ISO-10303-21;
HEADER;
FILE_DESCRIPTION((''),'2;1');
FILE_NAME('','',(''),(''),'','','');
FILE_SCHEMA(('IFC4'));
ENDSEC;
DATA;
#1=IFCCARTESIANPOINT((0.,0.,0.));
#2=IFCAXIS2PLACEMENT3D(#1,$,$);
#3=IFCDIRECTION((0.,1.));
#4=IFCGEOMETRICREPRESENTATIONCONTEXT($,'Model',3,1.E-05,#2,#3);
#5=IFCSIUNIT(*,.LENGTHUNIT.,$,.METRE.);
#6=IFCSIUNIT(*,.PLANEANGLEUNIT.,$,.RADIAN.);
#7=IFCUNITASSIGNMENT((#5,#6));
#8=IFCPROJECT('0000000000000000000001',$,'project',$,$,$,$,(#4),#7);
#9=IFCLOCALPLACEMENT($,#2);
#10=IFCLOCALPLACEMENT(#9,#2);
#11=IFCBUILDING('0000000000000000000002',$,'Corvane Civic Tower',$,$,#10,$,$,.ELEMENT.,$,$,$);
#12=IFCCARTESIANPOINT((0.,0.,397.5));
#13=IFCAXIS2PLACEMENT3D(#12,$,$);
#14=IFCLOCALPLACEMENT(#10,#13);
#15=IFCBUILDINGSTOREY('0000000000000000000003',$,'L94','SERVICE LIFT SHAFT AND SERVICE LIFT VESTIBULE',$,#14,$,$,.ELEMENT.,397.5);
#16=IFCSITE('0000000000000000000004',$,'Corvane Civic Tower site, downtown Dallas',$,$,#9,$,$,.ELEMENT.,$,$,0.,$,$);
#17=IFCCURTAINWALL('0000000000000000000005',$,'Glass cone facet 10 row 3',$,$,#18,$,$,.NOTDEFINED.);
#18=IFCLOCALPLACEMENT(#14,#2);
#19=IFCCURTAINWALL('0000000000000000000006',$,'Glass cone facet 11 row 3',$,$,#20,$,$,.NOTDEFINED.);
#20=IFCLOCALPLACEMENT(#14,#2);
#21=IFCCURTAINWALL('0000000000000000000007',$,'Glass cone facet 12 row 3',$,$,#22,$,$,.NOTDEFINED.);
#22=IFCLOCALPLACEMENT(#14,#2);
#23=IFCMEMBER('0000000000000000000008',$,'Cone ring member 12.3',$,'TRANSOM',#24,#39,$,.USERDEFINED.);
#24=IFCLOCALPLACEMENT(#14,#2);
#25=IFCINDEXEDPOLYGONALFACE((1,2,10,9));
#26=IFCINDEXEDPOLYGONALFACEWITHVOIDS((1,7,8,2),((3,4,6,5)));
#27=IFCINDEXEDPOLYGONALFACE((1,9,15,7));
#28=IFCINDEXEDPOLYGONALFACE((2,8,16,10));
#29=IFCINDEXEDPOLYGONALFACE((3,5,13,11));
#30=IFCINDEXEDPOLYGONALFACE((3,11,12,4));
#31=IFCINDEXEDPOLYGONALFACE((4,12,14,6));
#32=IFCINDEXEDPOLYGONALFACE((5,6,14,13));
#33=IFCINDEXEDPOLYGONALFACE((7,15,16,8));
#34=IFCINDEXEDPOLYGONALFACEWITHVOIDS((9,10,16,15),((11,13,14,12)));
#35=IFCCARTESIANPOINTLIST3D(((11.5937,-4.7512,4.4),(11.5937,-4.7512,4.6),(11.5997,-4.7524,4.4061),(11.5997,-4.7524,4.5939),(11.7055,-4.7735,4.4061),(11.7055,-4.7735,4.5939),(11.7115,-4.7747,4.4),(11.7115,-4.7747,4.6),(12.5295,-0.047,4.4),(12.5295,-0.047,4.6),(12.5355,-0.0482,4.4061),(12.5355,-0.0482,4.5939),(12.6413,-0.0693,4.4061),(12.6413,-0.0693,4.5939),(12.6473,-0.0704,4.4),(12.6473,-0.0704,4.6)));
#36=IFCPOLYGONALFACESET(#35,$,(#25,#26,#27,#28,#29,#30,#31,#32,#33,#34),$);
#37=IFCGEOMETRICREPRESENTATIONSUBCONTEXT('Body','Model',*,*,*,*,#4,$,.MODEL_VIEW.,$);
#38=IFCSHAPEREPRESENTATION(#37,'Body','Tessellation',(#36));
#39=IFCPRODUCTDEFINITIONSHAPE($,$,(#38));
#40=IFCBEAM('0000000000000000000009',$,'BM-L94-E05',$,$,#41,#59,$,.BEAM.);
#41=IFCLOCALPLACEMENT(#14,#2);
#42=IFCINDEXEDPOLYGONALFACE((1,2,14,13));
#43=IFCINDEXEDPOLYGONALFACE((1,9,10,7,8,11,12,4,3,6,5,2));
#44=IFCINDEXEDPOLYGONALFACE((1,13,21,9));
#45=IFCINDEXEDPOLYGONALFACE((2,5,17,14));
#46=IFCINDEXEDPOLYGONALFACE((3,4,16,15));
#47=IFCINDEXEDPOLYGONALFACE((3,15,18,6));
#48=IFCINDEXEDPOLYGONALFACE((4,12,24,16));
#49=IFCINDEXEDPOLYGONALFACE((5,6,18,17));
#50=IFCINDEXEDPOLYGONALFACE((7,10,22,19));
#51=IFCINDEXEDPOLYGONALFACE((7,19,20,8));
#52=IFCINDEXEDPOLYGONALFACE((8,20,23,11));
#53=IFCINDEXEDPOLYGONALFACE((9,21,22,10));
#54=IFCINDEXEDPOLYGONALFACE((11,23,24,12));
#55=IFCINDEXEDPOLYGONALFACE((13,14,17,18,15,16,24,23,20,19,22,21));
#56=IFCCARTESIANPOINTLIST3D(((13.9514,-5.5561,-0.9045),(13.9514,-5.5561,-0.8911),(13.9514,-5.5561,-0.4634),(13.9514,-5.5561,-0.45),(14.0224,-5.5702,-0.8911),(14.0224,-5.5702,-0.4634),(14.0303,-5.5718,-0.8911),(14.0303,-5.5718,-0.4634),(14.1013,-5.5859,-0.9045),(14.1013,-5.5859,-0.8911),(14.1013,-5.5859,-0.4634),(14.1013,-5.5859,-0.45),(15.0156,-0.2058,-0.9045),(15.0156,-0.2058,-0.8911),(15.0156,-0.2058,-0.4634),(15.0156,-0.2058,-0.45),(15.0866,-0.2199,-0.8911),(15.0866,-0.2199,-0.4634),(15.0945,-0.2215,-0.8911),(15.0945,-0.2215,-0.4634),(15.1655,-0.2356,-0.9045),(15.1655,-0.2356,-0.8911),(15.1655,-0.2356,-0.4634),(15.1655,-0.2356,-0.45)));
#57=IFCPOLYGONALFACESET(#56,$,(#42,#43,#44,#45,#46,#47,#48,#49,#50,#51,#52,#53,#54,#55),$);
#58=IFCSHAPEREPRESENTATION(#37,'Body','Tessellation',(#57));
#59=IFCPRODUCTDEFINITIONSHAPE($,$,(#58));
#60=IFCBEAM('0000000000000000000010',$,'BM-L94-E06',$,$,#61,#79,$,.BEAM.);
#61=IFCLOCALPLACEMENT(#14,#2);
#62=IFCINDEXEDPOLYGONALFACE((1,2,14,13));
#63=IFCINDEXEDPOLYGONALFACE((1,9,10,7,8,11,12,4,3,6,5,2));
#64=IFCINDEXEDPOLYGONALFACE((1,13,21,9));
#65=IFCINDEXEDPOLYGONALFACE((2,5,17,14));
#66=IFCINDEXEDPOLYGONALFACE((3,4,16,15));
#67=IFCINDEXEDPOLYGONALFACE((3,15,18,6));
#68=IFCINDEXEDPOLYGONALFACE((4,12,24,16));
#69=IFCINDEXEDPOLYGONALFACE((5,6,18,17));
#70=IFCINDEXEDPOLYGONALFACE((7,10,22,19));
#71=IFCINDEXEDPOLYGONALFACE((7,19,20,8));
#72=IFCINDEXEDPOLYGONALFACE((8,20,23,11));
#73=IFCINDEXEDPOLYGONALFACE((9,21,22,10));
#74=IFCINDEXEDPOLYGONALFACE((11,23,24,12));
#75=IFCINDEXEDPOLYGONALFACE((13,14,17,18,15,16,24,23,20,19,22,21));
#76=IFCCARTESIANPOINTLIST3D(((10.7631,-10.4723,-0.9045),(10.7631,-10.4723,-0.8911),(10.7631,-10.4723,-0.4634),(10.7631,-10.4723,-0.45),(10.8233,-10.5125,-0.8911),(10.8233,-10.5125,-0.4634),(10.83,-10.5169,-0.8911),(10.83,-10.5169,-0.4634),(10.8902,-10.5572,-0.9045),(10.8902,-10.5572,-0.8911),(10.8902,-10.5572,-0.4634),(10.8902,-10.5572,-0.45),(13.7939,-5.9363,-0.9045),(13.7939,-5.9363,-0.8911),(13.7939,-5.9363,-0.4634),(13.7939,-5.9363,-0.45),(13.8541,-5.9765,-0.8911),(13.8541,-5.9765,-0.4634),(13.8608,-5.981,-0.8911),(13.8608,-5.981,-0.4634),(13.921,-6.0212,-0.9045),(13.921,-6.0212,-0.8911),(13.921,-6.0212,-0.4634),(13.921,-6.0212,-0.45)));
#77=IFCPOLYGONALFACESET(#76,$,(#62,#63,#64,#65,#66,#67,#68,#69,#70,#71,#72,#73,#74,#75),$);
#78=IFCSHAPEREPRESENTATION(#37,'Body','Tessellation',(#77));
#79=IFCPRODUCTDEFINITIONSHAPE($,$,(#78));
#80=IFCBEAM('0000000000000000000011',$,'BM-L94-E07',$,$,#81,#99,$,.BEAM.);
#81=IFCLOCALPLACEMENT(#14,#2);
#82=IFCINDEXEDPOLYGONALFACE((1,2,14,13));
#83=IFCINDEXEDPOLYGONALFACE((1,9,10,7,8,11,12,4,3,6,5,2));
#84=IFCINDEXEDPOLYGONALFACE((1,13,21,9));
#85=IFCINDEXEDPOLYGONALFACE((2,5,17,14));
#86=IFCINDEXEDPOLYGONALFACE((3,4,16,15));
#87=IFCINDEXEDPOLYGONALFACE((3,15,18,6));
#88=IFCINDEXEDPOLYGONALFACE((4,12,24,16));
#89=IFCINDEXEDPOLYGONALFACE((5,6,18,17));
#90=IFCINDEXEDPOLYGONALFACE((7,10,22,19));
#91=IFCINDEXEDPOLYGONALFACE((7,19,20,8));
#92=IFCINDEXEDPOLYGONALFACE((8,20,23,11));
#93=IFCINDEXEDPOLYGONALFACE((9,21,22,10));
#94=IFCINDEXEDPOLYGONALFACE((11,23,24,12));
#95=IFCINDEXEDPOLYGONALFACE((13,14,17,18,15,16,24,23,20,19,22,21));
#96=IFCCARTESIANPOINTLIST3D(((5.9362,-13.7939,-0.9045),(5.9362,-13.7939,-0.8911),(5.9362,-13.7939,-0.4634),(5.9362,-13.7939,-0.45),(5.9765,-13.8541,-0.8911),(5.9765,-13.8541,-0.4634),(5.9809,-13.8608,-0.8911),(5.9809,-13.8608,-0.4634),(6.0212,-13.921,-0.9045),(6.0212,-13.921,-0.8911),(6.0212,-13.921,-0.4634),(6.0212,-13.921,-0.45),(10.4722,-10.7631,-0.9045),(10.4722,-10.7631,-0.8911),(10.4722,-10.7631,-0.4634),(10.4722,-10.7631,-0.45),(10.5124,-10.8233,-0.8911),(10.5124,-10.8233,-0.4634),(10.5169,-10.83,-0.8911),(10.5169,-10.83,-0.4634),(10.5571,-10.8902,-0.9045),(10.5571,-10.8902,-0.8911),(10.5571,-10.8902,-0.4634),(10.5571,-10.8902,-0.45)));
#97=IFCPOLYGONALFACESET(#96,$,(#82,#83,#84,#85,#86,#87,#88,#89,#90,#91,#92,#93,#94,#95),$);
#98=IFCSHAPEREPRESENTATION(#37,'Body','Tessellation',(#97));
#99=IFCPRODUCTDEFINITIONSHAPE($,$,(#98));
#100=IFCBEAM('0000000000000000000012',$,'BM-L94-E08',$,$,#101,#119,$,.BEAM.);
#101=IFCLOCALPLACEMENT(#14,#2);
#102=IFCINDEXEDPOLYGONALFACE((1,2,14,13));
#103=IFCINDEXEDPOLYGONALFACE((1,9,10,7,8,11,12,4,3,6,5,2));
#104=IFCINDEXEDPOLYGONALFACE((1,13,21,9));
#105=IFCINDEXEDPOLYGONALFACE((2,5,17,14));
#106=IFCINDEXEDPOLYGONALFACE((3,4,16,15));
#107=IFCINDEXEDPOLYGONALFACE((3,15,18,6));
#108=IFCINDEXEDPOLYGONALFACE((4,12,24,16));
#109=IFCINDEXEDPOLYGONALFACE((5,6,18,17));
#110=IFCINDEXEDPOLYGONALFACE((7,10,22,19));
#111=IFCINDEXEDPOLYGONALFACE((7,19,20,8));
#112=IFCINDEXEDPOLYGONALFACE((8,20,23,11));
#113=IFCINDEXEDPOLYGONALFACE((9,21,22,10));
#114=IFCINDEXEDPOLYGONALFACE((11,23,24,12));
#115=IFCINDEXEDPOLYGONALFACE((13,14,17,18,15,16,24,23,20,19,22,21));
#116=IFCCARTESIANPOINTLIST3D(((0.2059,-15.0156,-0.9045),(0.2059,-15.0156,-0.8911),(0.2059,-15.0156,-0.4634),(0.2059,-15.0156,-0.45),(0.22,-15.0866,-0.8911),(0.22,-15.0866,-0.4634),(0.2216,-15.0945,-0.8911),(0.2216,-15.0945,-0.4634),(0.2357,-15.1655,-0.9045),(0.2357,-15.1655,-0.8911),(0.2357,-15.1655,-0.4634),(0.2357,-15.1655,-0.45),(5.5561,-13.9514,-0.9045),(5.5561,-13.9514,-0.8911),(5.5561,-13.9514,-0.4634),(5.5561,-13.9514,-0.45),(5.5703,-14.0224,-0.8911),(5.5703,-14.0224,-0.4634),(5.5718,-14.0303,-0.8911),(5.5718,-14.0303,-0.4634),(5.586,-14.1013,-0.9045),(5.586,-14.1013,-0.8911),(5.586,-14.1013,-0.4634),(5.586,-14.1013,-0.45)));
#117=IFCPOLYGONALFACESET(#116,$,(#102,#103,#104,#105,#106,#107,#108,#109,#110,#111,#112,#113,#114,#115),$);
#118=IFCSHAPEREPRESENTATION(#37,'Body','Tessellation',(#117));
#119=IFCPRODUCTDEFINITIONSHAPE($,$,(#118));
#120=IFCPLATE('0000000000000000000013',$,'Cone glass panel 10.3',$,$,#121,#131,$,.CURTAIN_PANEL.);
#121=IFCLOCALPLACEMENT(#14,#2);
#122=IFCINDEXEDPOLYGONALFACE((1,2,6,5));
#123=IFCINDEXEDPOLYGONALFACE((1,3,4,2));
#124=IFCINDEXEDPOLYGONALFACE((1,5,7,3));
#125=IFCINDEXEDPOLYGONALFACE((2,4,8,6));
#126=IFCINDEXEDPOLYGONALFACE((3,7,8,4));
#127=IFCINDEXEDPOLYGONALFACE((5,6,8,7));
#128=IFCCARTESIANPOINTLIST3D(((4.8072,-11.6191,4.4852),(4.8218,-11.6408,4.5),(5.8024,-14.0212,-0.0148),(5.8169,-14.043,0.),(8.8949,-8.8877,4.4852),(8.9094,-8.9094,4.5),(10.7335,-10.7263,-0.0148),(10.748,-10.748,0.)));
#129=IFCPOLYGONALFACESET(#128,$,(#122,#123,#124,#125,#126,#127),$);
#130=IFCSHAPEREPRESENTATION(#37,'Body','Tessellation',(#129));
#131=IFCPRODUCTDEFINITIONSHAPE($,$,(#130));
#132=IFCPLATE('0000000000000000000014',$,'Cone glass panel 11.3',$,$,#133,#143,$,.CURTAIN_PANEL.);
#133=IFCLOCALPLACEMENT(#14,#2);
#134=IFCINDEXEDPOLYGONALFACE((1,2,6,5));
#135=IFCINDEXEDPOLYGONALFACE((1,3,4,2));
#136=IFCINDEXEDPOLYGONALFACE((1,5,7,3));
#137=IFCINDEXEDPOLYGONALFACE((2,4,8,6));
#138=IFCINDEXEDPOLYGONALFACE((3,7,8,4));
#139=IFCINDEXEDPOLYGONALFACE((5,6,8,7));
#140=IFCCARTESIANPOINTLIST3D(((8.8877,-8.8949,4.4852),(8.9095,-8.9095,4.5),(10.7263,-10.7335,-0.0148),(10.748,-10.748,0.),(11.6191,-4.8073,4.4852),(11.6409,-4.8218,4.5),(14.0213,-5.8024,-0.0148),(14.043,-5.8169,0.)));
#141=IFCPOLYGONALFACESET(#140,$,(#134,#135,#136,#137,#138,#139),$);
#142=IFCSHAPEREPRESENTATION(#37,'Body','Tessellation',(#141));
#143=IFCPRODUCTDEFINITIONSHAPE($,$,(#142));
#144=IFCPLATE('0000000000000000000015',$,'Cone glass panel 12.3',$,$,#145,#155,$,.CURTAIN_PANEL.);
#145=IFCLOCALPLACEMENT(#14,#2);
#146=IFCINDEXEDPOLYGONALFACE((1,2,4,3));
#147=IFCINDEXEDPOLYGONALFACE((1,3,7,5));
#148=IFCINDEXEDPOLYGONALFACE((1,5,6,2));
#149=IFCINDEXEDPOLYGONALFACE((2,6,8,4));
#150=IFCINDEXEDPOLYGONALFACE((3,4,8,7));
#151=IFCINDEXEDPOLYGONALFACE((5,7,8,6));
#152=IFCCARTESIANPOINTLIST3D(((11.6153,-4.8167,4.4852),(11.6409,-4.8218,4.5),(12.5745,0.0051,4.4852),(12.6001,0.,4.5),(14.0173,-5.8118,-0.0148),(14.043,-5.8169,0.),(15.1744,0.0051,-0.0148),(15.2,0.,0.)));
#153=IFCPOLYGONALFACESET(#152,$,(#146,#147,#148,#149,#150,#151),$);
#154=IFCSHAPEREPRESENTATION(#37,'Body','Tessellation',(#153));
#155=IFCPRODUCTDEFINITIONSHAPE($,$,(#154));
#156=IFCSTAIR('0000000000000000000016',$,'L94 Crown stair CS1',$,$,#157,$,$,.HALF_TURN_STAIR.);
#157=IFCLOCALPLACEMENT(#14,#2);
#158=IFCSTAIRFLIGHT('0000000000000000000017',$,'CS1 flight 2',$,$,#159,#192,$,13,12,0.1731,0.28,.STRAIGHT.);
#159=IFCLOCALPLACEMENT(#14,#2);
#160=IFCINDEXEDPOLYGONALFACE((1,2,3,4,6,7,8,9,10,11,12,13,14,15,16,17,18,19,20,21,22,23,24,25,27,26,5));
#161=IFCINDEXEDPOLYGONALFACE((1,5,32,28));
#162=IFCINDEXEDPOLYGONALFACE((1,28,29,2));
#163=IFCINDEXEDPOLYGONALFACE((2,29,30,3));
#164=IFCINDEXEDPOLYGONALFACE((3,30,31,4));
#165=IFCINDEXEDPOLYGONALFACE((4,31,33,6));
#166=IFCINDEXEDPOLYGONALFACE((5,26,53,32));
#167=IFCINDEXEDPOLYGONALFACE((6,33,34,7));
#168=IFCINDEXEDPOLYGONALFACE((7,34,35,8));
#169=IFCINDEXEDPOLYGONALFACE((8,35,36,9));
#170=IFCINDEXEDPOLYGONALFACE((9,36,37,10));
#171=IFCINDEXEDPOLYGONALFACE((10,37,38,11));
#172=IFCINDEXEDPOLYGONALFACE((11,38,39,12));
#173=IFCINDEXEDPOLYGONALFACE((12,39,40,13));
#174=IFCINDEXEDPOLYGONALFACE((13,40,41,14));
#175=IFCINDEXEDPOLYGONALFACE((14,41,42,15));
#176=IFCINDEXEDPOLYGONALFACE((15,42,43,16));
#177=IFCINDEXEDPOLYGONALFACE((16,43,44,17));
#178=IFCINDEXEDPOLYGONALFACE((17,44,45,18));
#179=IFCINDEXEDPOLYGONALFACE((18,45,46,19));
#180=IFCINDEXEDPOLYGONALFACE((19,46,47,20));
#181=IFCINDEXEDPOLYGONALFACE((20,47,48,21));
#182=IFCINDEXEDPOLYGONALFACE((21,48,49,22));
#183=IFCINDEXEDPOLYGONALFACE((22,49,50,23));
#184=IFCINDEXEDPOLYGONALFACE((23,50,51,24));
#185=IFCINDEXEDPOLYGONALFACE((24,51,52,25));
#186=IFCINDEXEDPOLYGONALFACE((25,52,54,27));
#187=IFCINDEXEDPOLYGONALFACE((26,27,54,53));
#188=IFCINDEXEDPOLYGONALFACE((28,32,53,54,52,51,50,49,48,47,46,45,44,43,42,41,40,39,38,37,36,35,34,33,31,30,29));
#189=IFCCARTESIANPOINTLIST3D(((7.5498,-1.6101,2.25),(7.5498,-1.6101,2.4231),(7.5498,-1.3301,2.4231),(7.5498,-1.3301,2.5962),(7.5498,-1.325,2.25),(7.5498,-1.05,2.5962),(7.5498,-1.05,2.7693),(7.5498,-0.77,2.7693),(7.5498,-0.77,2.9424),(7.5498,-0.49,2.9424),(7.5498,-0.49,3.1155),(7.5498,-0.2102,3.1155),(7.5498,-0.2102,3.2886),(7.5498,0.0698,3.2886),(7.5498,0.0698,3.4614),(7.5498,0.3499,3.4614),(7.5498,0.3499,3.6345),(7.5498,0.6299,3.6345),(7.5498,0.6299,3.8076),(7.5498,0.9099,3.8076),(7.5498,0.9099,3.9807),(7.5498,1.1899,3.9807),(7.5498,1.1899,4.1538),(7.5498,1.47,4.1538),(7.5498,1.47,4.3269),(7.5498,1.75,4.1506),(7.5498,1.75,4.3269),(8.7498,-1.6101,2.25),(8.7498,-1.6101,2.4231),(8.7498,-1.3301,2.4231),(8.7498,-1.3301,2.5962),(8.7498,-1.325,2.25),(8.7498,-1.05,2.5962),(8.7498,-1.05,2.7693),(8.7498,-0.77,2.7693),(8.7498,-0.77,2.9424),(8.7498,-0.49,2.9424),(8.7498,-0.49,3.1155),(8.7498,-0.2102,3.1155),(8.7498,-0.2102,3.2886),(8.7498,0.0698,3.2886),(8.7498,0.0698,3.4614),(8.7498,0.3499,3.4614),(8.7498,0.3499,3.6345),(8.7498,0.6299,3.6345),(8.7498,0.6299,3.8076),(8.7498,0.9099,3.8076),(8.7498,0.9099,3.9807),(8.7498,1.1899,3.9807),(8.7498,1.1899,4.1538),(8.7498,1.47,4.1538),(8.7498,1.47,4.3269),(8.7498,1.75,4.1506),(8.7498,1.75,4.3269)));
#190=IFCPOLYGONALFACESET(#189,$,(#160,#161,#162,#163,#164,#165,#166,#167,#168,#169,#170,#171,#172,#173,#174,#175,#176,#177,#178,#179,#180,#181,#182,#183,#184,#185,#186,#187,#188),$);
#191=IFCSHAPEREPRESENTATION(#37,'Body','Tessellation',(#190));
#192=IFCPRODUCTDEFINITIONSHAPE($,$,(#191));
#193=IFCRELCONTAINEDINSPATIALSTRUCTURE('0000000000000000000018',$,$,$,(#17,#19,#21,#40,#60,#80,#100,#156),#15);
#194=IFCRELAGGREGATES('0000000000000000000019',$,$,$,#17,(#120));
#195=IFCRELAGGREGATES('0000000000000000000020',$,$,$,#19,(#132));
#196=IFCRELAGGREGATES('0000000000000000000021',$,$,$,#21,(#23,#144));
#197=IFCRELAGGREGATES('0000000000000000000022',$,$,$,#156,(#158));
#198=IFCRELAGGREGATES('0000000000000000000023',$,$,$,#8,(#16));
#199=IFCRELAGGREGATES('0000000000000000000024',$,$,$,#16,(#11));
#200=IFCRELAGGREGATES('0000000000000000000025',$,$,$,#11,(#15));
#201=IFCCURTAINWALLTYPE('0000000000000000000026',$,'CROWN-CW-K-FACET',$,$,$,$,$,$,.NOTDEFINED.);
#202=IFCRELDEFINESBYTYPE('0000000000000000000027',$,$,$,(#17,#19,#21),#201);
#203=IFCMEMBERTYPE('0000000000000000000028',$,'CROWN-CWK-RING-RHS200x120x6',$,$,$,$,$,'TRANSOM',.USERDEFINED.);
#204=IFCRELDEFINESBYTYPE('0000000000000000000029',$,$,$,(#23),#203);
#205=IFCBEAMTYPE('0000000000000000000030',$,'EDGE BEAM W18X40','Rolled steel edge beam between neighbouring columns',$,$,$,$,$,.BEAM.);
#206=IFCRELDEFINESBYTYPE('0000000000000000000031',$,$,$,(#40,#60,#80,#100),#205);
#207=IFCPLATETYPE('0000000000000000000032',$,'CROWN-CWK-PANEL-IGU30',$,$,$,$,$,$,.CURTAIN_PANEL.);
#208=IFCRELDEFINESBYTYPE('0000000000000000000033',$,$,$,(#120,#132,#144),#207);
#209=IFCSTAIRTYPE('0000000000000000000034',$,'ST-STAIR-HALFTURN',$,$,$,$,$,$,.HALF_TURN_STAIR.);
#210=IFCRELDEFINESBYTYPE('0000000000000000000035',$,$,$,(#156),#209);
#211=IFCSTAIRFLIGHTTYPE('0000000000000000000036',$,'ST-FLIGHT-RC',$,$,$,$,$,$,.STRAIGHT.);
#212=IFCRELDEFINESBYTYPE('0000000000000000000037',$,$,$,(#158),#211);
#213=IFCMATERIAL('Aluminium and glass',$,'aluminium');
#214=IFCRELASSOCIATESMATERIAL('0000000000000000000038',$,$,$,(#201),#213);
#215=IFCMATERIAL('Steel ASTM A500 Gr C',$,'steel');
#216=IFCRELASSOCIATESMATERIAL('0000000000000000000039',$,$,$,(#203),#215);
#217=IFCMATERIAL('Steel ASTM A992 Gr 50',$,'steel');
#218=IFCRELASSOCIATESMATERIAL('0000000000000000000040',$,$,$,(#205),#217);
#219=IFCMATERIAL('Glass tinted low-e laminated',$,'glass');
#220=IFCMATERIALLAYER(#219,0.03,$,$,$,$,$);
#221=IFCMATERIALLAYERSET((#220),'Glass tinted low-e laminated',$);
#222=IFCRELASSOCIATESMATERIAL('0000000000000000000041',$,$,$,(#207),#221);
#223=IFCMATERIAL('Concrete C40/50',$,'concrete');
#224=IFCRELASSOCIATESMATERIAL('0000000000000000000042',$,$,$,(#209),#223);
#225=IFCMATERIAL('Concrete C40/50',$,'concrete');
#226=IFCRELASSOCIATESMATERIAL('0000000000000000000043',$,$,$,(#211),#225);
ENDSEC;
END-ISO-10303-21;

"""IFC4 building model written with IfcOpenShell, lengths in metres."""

from ifc_helpers import new_model, si_unit, direction, frame, origin, origin_2d, place, context, subcontext, project, spatial, polyline, hollow_rectangle, i_section, outline, extrude, material, layer, layer_set, material_profile, profile_set, type_object, element, aggregate, save


model = new_model("IFC4")

# Units and contexts
model_context = context("Model", 3, precision=1e-05, world=origin(), true_north=direction((0.0, 1.0)))
body_context = subcontext(model_context, "Body", "Model", "MODEL_VIEW")
ifc_project = project(units=[si_unit("LENGTHUNIT", "METRE"), si_unit("PLANEANGLEUNIT", "RADIAN")], contexts=[model_context])

# Site, building, storey
site_placement = place(None, origin())
site = spatial("IfcSite", under=ifc_project, at=site_placement, Name="Corvane Civic Tower site, downtown Dallas", CompositionType="ELEMENT", RefElevation=0.0)
building_placement = place(site_placement, origin())
building = spatial("IfcBuilding", under=site, at=building_placement, Name="Corvane Civic Tower", CompositionType="ELEMENT")
storey_placement = place(building_placement, frame((0.0, 0.0, 397.5)))
storey = spatial("IfcBuildingStorey", under=building, at=storey_placement, Name="L94", Description="SERVICE LIFT SHAFT AND SERVICE LIFT VESTIBULE", CompositionType="ELEMENT", Elevation=397.5)

# Shared definitions
ifc_material_1 = material(Name="Aluminium and glass", Category="aluminium")
curtain_wall_type = type_object("IfcCurtainWallType", Name="CROWN-CW-K-FACET", PredefinedType="NOTDEFINED", material=ifc_material_1)

# Curtain walls
curtain_wall_1_placement = place(storey_placement, origin())
curtain_wall_1 = element("IfcCurtainWall", 1, at=curtain_wall_1_placement, inside=storey, type_object=curtain_wall_type, Name="Glass cone facet 10 row 3", PredefinedType="NOTDEFINED")
curtain_wall_2_placement = place(storey_placement, origin())
curtain_wall_2 = element("IfcCurtainWall", 2, at=curtain_wall_2_placement, inside=storey, type_object=curtain_wall_type, Name="Glass cone facet 11 row 3", PredefinedType="NOTDEFINED")
curtain_wall_3_placement = place(storey_placement, origin())
curtain_wall_3 = element("IfcCurtainWall", 3, at=curtain_wall_3_placement, inside=storey, type_object=curtain_wall_type, Name="Glass cone facet 12 row 3", PredefinedType="NOTDEFINED")

# Member
ifc_material_2 = material(Name="Steel ASTM A500 Gr C", Category="steel")
ifc_material_profile_1 = material_profile(ifc_material_2, hollow_rectangle(XDim=0.1201, YDim=0.2, WallThickness=0.0061, at=origin_2d()), Name="RHS 200x120x6")
ifc_profile_set_1 = profile_set([ifc_material_profile_1], Name="Steel ASTM A500 Gr C")
member_type_1 = type_object("IfcMemberType", Name="CROWN-CWK-RING-RHS200x120x6", ElementType="TRANSOM", PredefinedType="USERDEFINED", material=ifc_profile_set_1)
member_1_placement = place(storey_placement, frame((11.6526, -4.7629, 4.5), z_axis=(0.195108, 0.980782, 0.0), x_axis=(-0.980782, 0.195108, 0.0)))
member_1 = element("IfcMember", 4, at=member_1_placement, type_object=member_type_1, Name="Cone ring member 12.3", ObjectType="TRANSOM", PredefinedType="USERDEFINED", context=body_context, shape_type="SweptSolid", body=[
    extrude(hollow_rectangle(XDim=0.1201, YDim=0.2, WallThickness=0.0061, at=origin_2d()), origin(), (0.0, 0.0, 1.0), 4.7964),
])

# Beams
ifc_material_3 = material(Name="Steel ASTM A992 Gr 50", Category="steel")
ifc_material_profile_2 = material_profile(ifc_material_3, i_section(OverallWidth=0.1528, OverallDepth=0.4546, WebThickness=0.0081, FlangeThickness=0.0134, at=origin_2d()), Name="W18X40")
ifc_profile_set_2 = profile_set([ifc_material_profile_2], Name="Steel ASTM A992 Gr 50")
beam_type = type_object("IfcBeamType", Name="EDGE BEAM W18X40", Description="Rolled steel edge beam between neighbouring columns", PredefinedType="BEAM", material=ifc_profile_set_2)
beam_1_placement = place(storey_placement, frame((15.0906, -0.2207, -0.6772), z_axis=(-0.195083, -0.980787, 0.0), x_axis=(0.980787, -0.195083, 0.0)))
element("IfcBeam", 5, at=beam_1_placement, inside=storey, type_object=beam_type, Name="BM-L94-E05", PredefinedType="BEAM", context=body_context, shape_type="SweptSolid", body=[
    extrude(i_section(OverallWidth=0.1528, OverallDepth=0.4546, WebThickness=0.0081, FlangeThickness=0.0134, at=origin_2d()), origin(), (0.0, 0.0, 1.0), 5.4551),
])
for number, where, z_axis, x_axis, name in (
    (6, (13.8574, -5.9788, -0.6772), (-0.555567, -0.831471, 0.0), (0.831471, -0.555567, 0.0), "BM-L94-E06"),
    (7, (10.5146, -10.8267, -0.6772), (-0.831471, -0.555567, 0.0), (0.555567, -0.831471, 0.0), "BM-L94-E07"),
):
    element("IfcBeam", number, at=place(storey_placement, frame(where, z_axis=z_axis, x_axis=x_axis)), inside=storey, type_object=beam_type, Name=name, PredefinedType="BEAM", context=body_context, shape_type="SweptSolid", body=[
        extrude(i_section(OverallWidth=0.1528, OverallDepth=0.4546, WebThickness=0.0081, FlangeThickness=0.0134, at=origin_2d()), origin(), (0.0, 0.0, 1.0), 5.4553),
    ])
beam_2_placement = place(storey_placement, frame((5.571, -14.0264, -0.6772), z_axis=(-0.980787, -0.195083, 0.0), x_axis=(0.195083, -0.980787, 0.0)))
element("IfcBeam", 8, at=beam_2_placement, inside=storey, type_object=beam_type, Name="BM-L94-E08", PredefinedType="BEAM", context=body_context, shape_type="SweptSolid", body=[
    extrude(i_section(OverallWidth=0.1528, OverallDepth=0.4546, WebThickness=0.0081, FlangeThickness=0.0134, at=origin_2d()), origin(), (0.0, 0.0, 1.0), 5.4551),
])

# Plates
ifc_material_4 = material(Name="Glass tinted low-e laminated", Category="glass")
ifc_layer = layer(ifc_material_4, 0.03)
ifc_layer_set = layer_set([ifc_layer], Name="Glass tinted low-e laminated")
plate_type = type_object("IfcPlateType", Name="CROWN-CWK-PANEL-IGU30", PredefinedType="CURTAIN_PANEL", material=ifc_layer_set)
plate_1_placement = place(storey_placement, frame((5.8169, -14.043, 0.0), z_axis=(0.483361, -0.723377, 0.49304), x_axis=(0.831463, 0.555581, -0.000005)))
plate_1 = element("IfcPlate", 9, at=plate_1_placement, type_object=plate_type, Name="Cone glass panel 10.3", PredefinedType="CURTAIN_PANEL", context=body_context, shape_type="SweptSolid", body=[
    extrude(outline(polyline([(0.0, 0.0), (5.9307, 0.0), (5.4234, 5.1724), (0.5071, 5.1723), (0.0, 0.0)])), origin(), (0.0, 0.0, -1.0), 0.03),
])
aggregate(curtain_wall_1, [plate_1])
plate_2_placement = place(storey_placement, frame((10.748, -10.748, 0.0), z_axis=(0.723377, -0.483361, 0.49304), x_axis=(0.555581, 0.831463, 0.000005)))
plate_2 = element("IfcPlate", 10, at=plate_2_placement, type_object=plate_type, Name="Cone glass panel 11.3", PredefinedType="CURTAIN_PANEL", context=body_context, shape_type="SweptSolid", body=[
    extrude(outline(polyline([(0.0, 0.0), (5.9307, 0.0), (5.4235, 5.1723), (0.5073, 5.1724), (0.0, 0.0)])), origin(), (0.0, 0.0, -1.0), 0.03),
])
aggregate(curtain_wall_2, [plate_2])
plate_3_placement = place(storey_placement, frame((14.043, -5.8169, 0.0), z_axis=(0.853305, -0.169737, 0.493011), x_axis=(0.195091, 0.980785, 0.000007)))
plate_3 = element("IfcPlate", 11, at=plate_3_placement, type_object=plate_type, Name="Cone glass panel 12.3", PredefinedType="CURTAIN_PANEL", context=body_context, shape_type="SweptSolid", body=[
    extrude(outline(polyline([(0.0, 0.0), (5.9308, 0.0), (5.4237, 5.1722), (0.5074, 5.1723), (0.0, 0.0)])), origin(), (0.0, 0.0, -1.0), 0.03),
])
aggregate(curtain_wall_3, [member_1, plate_3])

# Stair, stair flight
ifc_material_5 = material(Name="Concrete C40/50", Category="concrete")
stair_type = type_object("IfcStairType", Name="ST-STAIR-HALFTURN", PredefinedType="HALF_TURN_STAIR", material=ifc_material_5)
stair_placement = place(storey_placement, origin())
stair = element("IfcStair", 12, at=stair_placement, inside=storey, type_object=stair_type, Name="L94 Crown stair CS1", PredefinedType="HALF_TURN_STAIR")
ifc_material_6 = material(Name="Concrete C40/50", Category="concrete")
stair_flight_type = type_object("IfcStairFlightType", Name="ST-FLIGHT-RC", PredefinedType="STRAIGHT", material=ifc_material_6)
stair_flight_placement = place(storey_placement, frame((8.1499, -1.6101, 2.25), z_axis=(0.0, 0.0, 1.0), x_axis=(0.0, 1.0, 0.0)))
stair_flight = element("IfcStairFlight", 13, at=stair_flight_placement, type_object=stair_flight_type, Name="CS1 flight 2", NumberOfRisers=13, NumberOfTreads=12, PredefinedType="STRAIGHT", RiserHeight=0.1731, TreadLength=0.28, context=body_context, shape_type="SweptSolid", body=[
    extrude(outline(polyline([(0.0, 0.0), (0.0, 0.1731), (0.28, 0.1731), (0.28, 0.3462), (0.5601, 0.3462), (0.5601, 0.5193), (0.8401, 0.5193), (0.8401, 0.6924), (1.1201, 0.6924), (1.1201, 0.8655), (1.3999, 0.8655), (1.3999, 1.0386), (1.6799, 1.0386), (1.6799, 1.2114), (1.96, 1.2114), (1.96, 1.3845), (2.24, 1.3845), (2.24, 1.5576), (2.52, 1.5576), (2.52, 1.7307), (2.8, 1.7307), (2.8, 1.9038), (3.0801, 1.9038), (3.0801, 2.0769), (3.3601, 2.0769), (3.3601, 2.25), (3.3601, 1.9006), (0.2852, 0.0), (0.0, 0.0)])), frame((0.0, 0.6001, 0.0), z_axis=(0.0, -1.0, 0.0), x_axis=(1.0, 0.0, 0.0)), (0.0, 0.0, 1.0), 1.2),
])
aggregate(stair, [stair_flight])

save(model, "model.ifc")
